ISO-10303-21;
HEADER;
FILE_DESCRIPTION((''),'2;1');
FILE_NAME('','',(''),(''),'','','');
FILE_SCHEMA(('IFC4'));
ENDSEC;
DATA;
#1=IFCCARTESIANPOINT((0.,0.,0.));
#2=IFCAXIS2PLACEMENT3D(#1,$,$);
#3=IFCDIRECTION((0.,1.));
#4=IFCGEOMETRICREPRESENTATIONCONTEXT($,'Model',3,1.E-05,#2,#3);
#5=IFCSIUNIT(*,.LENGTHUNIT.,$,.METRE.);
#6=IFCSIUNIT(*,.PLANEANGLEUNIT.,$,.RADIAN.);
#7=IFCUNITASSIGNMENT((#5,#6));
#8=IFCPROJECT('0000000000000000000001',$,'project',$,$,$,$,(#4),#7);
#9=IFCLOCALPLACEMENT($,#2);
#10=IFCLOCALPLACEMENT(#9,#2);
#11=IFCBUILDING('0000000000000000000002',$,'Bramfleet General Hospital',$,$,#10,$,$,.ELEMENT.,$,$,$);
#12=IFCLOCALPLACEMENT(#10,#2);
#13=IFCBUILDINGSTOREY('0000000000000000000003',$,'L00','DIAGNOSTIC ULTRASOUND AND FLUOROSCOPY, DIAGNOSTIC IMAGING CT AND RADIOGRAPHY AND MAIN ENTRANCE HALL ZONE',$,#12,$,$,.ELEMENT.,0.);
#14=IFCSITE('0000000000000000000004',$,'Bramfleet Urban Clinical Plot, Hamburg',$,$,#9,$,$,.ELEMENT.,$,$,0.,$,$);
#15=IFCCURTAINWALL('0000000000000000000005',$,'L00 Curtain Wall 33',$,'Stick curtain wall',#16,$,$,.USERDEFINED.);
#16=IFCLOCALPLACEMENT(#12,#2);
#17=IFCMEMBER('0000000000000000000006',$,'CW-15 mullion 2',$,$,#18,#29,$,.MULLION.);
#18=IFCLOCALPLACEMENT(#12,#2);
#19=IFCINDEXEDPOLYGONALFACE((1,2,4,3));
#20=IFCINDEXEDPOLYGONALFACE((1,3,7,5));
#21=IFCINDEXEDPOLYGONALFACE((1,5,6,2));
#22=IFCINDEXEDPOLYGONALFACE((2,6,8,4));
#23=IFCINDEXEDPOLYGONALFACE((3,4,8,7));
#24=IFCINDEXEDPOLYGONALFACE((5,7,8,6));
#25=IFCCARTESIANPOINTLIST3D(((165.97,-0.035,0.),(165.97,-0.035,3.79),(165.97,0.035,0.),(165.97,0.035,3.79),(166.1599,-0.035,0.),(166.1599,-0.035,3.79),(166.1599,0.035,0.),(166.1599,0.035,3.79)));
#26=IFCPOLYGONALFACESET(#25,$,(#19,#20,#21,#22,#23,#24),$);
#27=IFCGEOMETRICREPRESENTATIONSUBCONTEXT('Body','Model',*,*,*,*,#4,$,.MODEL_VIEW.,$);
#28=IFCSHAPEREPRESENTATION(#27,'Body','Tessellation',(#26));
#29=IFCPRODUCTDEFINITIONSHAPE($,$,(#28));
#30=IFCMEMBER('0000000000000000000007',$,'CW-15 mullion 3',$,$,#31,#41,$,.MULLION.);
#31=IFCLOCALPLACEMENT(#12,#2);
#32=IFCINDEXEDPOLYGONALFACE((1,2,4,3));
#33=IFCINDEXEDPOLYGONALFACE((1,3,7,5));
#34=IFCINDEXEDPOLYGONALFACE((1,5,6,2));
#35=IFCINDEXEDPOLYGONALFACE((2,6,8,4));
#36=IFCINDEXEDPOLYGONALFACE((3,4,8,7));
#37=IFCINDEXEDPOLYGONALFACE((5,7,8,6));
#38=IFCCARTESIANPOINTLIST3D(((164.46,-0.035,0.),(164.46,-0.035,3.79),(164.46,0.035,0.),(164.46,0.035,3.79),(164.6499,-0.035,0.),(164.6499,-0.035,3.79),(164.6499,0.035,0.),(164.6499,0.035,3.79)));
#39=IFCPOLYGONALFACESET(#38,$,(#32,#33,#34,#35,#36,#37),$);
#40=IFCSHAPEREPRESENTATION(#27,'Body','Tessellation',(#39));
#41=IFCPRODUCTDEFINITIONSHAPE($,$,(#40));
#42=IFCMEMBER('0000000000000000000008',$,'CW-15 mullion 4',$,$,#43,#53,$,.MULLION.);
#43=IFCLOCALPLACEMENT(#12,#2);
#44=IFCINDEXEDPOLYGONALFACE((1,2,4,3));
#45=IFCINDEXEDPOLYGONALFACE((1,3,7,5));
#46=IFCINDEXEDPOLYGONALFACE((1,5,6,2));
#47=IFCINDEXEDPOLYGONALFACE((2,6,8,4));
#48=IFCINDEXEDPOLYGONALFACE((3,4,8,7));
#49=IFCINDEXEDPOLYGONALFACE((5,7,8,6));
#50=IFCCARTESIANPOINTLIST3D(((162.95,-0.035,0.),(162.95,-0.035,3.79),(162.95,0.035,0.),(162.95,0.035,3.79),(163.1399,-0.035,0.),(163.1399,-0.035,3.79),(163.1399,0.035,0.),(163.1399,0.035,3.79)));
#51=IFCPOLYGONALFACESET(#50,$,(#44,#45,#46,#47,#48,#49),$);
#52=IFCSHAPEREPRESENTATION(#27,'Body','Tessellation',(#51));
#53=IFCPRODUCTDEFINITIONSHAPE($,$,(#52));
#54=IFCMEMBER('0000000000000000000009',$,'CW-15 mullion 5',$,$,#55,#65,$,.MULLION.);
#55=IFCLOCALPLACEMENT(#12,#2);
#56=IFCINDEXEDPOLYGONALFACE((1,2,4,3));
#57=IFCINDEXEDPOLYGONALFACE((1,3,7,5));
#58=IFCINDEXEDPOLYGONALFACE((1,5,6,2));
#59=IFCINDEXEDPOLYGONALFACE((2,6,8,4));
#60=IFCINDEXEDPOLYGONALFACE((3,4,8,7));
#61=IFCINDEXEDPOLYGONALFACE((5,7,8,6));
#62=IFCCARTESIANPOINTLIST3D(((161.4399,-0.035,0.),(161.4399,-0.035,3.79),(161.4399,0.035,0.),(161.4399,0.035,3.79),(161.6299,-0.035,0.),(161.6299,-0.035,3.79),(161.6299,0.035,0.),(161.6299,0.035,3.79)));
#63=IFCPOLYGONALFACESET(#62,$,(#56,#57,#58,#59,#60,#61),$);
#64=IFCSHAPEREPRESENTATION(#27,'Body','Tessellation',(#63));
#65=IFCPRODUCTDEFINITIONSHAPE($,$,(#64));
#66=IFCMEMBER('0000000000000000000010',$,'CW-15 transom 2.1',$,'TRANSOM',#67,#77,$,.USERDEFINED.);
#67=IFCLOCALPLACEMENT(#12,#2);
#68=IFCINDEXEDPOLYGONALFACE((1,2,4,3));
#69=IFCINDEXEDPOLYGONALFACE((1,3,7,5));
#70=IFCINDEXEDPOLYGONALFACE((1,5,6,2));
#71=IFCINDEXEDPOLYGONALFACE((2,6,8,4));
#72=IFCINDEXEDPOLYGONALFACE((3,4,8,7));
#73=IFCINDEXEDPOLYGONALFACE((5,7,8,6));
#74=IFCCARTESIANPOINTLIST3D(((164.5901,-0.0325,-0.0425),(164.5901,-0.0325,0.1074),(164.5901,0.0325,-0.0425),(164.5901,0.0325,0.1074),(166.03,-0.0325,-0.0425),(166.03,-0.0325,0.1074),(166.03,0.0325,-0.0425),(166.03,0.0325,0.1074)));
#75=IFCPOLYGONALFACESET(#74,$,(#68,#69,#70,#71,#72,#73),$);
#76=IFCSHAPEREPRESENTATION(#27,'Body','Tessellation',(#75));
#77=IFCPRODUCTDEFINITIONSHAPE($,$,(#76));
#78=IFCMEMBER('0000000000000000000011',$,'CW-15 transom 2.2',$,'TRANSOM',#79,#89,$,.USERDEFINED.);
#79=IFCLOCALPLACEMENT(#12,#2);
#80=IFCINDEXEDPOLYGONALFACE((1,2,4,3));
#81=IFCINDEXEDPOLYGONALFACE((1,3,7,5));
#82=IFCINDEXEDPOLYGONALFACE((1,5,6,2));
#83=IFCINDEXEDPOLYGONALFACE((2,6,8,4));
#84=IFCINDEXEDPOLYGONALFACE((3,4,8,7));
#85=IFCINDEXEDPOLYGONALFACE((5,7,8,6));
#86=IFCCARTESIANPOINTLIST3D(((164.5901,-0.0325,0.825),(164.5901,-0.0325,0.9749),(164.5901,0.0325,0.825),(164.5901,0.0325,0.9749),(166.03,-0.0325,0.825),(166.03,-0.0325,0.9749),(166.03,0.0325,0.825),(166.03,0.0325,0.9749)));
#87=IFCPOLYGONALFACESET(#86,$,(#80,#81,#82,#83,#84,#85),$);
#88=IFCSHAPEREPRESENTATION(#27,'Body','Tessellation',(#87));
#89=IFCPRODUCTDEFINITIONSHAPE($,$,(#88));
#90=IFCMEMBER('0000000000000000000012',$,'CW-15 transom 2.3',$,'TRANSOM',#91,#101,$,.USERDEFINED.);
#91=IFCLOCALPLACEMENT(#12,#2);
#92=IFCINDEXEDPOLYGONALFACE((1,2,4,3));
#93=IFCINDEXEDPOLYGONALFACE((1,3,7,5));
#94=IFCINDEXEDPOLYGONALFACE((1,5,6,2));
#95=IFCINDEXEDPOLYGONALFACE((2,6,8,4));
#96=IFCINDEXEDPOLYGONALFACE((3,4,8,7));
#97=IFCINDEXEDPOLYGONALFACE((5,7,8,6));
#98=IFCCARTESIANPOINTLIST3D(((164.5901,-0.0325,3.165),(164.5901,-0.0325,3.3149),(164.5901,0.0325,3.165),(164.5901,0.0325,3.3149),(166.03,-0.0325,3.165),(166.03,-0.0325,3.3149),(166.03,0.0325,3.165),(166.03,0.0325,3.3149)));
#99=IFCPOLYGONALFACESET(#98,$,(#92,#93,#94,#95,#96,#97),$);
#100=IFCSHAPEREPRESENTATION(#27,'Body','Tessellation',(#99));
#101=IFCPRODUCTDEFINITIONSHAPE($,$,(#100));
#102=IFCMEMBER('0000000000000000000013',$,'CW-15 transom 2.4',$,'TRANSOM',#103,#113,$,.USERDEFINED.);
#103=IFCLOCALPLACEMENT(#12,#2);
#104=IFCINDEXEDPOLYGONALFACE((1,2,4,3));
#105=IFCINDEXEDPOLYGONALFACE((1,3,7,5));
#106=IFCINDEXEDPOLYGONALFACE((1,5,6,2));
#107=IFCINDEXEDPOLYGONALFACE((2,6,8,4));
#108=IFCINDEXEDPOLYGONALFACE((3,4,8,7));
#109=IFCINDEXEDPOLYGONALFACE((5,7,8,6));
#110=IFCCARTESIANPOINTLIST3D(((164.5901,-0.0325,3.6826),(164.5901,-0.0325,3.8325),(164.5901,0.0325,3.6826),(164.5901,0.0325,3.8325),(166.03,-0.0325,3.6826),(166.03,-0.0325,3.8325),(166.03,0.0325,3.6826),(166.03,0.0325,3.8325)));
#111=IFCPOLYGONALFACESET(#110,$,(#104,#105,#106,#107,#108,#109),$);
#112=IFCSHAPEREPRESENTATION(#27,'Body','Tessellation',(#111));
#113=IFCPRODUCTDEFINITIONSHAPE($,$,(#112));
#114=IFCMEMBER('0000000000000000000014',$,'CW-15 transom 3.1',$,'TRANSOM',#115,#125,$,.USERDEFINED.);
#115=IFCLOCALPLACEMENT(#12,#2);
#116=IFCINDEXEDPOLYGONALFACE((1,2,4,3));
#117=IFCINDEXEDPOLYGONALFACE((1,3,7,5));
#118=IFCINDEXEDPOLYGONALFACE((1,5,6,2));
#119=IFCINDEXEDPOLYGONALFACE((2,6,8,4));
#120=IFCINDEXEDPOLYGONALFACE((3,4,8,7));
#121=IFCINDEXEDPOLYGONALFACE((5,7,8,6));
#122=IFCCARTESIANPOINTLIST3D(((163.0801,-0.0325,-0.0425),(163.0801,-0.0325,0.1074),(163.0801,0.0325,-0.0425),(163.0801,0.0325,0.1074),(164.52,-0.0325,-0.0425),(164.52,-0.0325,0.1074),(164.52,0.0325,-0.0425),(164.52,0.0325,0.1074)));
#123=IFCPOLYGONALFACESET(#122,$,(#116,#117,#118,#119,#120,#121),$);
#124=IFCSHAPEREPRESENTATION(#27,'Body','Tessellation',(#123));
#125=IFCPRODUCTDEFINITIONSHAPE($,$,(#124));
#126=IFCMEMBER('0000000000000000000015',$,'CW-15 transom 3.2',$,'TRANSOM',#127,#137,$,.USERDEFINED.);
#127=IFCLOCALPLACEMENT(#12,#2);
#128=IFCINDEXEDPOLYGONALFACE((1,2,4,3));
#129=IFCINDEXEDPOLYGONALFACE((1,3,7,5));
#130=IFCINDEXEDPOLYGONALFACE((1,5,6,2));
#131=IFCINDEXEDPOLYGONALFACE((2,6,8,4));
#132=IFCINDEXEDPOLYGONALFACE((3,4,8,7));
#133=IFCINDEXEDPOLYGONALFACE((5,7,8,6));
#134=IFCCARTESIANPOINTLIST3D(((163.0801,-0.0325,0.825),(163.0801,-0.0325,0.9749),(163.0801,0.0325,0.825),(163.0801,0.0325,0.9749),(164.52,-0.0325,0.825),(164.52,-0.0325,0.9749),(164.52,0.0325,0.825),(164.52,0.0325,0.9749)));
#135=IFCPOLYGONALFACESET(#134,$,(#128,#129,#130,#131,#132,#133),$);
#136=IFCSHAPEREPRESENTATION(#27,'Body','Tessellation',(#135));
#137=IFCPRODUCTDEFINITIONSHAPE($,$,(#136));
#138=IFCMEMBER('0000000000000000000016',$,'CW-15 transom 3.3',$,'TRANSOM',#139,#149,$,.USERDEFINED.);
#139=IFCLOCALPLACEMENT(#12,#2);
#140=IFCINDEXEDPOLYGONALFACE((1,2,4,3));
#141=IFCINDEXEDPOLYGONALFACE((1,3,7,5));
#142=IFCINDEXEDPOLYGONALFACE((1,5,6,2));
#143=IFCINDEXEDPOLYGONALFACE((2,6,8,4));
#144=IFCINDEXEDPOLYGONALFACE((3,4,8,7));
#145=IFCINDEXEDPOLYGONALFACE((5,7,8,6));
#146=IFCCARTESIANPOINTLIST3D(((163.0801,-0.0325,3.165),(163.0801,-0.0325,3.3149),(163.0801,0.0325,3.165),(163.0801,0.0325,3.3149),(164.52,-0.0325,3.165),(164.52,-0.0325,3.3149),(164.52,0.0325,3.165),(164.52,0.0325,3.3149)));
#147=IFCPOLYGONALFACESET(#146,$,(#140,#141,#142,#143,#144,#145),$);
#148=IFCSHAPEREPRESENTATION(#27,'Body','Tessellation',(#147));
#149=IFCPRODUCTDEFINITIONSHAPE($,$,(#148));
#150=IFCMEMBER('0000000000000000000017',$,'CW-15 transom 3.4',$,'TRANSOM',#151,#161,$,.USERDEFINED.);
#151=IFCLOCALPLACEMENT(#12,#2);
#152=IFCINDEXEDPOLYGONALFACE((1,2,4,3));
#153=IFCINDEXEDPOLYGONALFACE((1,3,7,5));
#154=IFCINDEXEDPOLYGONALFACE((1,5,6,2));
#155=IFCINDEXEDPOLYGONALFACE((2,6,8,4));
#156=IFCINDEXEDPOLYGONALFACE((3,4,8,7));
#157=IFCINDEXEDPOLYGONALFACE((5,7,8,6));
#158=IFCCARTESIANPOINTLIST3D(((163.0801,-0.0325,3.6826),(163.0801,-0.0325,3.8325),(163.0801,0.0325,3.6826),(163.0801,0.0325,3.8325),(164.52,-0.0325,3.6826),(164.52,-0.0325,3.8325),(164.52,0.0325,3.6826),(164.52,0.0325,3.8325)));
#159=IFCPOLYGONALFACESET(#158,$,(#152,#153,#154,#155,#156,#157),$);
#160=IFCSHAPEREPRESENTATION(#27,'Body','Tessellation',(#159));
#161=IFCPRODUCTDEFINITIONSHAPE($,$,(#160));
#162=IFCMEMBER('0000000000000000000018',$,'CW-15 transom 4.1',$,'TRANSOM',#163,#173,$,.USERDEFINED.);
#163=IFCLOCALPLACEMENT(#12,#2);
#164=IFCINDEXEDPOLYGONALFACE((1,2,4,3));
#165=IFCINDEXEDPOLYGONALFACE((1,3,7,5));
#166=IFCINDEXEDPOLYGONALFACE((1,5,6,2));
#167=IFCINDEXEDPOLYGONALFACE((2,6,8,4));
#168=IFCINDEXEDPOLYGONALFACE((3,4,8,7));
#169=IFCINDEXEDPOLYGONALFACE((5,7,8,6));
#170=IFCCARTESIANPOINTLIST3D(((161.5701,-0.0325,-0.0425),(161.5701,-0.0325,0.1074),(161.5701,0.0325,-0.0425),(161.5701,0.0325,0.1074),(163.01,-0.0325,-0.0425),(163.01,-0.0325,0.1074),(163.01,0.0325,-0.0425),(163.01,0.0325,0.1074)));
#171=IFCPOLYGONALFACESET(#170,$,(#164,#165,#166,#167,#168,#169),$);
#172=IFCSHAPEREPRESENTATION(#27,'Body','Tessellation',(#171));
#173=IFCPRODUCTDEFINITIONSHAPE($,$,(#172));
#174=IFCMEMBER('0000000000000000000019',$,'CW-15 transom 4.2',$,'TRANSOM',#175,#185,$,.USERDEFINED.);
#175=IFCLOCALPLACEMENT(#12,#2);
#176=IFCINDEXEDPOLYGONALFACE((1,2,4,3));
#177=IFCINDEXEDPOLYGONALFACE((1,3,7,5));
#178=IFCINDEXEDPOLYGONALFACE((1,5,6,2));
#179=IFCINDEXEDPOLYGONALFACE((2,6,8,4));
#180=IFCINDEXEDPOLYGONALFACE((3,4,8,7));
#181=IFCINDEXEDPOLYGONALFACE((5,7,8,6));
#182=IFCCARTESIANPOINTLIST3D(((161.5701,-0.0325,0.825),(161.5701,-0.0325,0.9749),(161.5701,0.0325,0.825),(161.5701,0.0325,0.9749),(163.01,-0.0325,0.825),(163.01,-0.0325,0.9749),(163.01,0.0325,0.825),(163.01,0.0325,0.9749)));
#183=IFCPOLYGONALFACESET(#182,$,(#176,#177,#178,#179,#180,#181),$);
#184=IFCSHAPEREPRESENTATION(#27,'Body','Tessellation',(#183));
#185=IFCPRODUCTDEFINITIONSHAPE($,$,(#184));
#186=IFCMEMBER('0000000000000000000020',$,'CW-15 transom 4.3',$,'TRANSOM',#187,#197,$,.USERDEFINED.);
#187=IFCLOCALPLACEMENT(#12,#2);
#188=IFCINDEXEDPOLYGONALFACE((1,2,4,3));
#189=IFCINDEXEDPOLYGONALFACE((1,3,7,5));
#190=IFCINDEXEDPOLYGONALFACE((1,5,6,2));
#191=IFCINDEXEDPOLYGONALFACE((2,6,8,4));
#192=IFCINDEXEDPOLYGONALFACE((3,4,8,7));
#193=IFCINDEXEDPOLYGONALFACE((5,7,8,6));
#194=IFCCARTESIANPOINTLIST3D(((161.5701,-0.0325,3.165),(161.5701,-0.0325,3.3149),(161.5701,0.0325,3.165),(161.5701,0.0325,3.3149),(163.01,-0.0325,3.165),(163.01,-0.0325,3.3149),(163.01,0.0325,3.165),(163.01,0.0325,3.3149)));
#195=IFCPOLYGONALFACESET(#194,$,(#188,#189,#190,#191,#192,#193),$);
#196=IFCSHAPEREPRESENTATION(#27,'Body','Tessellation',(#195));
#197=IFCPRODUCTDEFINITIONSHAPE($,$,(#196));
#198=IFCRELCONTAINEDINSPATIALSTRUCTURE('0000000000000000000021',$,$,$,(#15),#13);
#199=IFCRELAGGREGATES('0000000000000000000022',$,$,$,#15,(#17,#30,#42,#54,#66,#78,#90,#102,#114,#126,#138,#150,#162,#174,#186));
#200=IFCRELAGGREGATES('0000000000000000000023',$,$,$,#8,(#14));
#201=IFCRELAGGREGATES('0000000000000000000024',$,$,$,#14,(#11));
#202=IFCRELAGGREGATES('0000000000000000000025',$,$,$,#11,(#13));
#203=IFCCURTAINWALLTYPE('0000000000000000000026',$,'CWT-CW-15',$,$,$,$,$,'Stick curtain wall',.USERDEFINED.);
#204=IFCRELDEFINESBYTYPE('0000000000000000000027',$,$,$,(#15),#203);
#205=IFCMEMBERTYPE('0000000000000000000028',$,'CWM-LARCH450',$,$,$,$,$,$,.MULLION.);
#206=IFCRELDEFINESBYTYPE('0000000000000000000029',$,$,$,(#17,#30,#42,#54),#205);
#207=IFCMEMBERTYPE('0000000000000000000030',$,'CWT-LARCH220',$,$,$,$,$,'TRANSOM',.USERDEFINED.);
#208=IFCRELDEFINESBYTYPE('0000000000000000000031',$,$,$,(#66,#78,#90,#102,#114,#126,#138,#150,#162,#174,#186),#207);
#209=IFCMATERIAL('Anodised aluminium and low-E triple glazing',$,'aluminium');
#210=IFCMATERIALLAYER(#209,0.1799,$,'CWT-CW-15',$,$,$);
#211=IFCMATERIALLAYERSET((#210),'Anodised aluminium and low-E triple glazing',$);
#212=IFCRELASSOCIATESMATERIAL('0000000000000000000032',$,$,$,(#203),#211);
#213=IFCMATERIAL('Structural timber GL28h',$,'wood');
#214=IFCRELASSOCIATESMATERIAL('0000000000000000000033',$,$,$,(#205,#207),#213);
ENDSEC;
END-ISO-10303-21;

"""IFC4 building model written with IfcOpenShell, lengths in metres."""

from ifc_helpers import new_model, si_unit, direction, frame, origin, origin_2d, place, context, subcontext, project, spatial, rectangle, extrude, material, layer, layer_set, material_profile, profile_set, type_object, element, aggregate, save


model = new_model("IFC4")

# Units and contexts
model_context = context("Model", 3, precision=1e-05, world=origin(), true_north=direction((0.0, 1.0)))
body_context = subcontext(model_context, "Body", "Model", "MODEL_VIEW")
ifc_project = project(units=[si_unit("LENGTHUNIT", "METRE"), si_unit("PLANEANGLEUNIT", "RADIAN")], contexts=[model_context])

# Site, building, storey
site_placement = place(None, origin())
site = spatial("IfcSite", under=ifc_project, at=site_placement, Name="Bramfleet Urban Clinical Plot, Hamburg", CompositionType="ELEMENT", RefElevation=0.0)
building_placement = place(site_placement, origin())
building = spatial("IfcBuilding", under=site, at=building_placement, Name="Bramfleet General Hospital", CompositionType="ELEMENT")
storey_placement = place(building_placement, origin())
storey = spatial("IfcBuildingStorey", under=building, at=storey_placement, Name="L00", Description="DIAGNOSTIC ULTRASOUND AND FLUOROSCOPY, DIAGNOSTIC IMAGING CT AND RADIOGRAPHY AND MAIN ENTRANCE HALL ZONE", CompositionType="ELEMENT", Elevation=0.0)

# Curtain wall, members
ifc_material_1 = material(Name="Anodised aluminium and low-E triple glazing", Category="aluminium")
ifc_layer_1 = layer(ifc_material_1, 0.1799, Name="CWT-CW-15")
ifc_layer_set_1 = layer_set([ifc_layer_1], Name="Anodised aluminium and low-E triple glazing")
curtain_wall_type = type_object("IfcCurtainWallType", Name="CWT-CW-15", ElementType="Stick curtain wall", PredefinedType="USERDEFINED", material=ifc_layer_set_1)
curtain_wall_placement = place(storey_placement, origin())
curtain_wall = element("IfcCurtainWall", 1, at=curtain_wall_placement, inside=storey, type_object=curtain_wall_type, Name="L00 Curtain Wall 33", ObjectType="Stick curtain wall", PredefinedType="USERDEFINED")
ifc_material_2 = material(Name="Structural timber GL28h", Category="wood")
ifc_material_profile_1 = material_profile(ifc_material_2, rectangle(XDim=0.0701, YDim=0.1899, at=origin_2d()), Name="LARCH 190x70")
ifc_profile_set_1 = profile_set([ifc_material_profile_1], Name="Structural timber GL28h")
member_type_1 = type_object("IfcMemberType", Name="CWM-LARCH450", PredefinedType="MULLION", material=ifc_profile_set_1)
member_1_placement = place(storey_placement, frame((166.0649, 0.0, 0.0), z_axis=(0.0, 0.0, 1.0), x_axis=(0.0, -1.0, 0.0)))
member_1 = element("IfcMember", 2, at=member_1_placement, type_object=member_type_1, Name="CW-15 mullion 2", PredefinedType="MULLION", context=body_context, shape_type="SweptSolid", body=[
    extrude(rectangle(XDim=0.0701, YDim=0.1899, at=origin_2d()), origin(), (0.0, 0.0, 1.0), 3.79),
])
member_2_placement = place(storey_placement, frame((164.5549, 0.0, 0.0), z_axis=(0.0, 0.0, 1.0), x_axis=(0.0, -1.0, 0.0)))
member_2 = element("IfcMember", 3, at=member_2_placement, type_object=member_type_1, Name="CW-15 mullion 3", PredefinedType="MULLION", context=body_context, shape_type="SweptSolid", body=[
    extrude(rectangle(XDim=0.0701, YDim=0.1899, at=origin_2d()), origin(), (0.0, 0.0, 1.0), 3.79),
])
member_3_placement = place(storey_placement, frame((163.0449, 0.0, 0.0), z_axis=(0.0, 0.0, 1.0), x_axis=(0.0, -1.0, 0.0)))
member_3 = element("IfcMember", 4, at=member_3_placement, type_object=member_type_1, Name="CW-15 mullion 4", PredefinedType="MULLION", context=body_context, shape_type="SweptSolid", body=[
    extrude(rectangle(XDim=0.0701, YDim=0.1899, at=origin_2d()), origin(), (0.0, 0.0, 1.0), 3.79),
])
member_4_placement = place(storey_placement, frame((161.5349, 0.0, 0.0), z_axis=(0.0, 0.0, 1.0), x_axis=(0.0, -1.0, 0.0)))
member_4 = element("IfcMember", 5, at=member_4_placement, type_object=member_type_1, Name="CW-15 mullion 5", PredefinedType="MULLION", context=body_context, shape_type="SweptSolid", body=[
    extrude(rectangle(XDim=0.0701, YDim=0.1899, at=origin_2d()), origin(), (0.0, 0.0, 1.0), 3.79),
])
ifc_material_profile_2 = material_profile(ifc_material_2, rectangle(XDim=0.0649, YDim=0.1499, at=origin_2d()), Name="LARCH 150x65")
ifc_profile_set_2 = profile_set([ifc_material_profile_2], Name="Structural timber GL28h")
member_type_2 = type_object("IfcMemberType", Name="CWT-LARCH220", ElementType="TRANSOM", PredefinedType="USERDEFINED", material=ifc_profile_set_2)
member_5_placement = place(storey_placement, frame((166.03, 0.0, 0.0325), z_axis=(-1.0, 0.0, 0.0), x_axis=(0.0, -1.0, 0.0)))
member_5 = element("IfcMember", 6, at=member_5_placement, type_object=member_type_2, Name="CW-15 transom 2.1", ObjectType="TRANSOM", PredefinedType="USERDEFINED", context=body_context, shape_type="SweptSolid", body=[
    extrude(rectangle(XDim=0.0649, YDim=0.1499, at=origin_2d()), origin(), (0.0, 0.0, 1.0), 1.4399),
])
member_6_placement = place(storey_placement, frame((166.03, 0.0, 0.8999), z_axis=(-1.0, 0.0, 0.0), x_axis=(0.0, -1.0, 0.0)))
member_6 = element("IfcMember", 7, at=member_6_placement, type_object=member_type_2, Name="CW-15 transom 2.2", ObjectType="TRANSOM", PredefinedType="USERDEFINED", context=body_context, shape_type="SweptSolid", body=[
    extrude(rectangle(XDim=0.0649, YDim=0.1499, at=origin_2d()), origin(), (0.0, 0.0, 1.0), 1.4399),
])
member_7_placement = place(storey_placement, frame((166.03, 0.0, 3.24), z_axis=(-1.0, 0.0, 0.0), x_axis=(0.0, -1.0, 0.0)))
member_7 = element("IfcMember", 8, at=member_7_placement, type_object=member_type_2, Name="CW-15 transom 2.3", ObjectType="TRANSOM", PredefinedType="USERDEFINED", context=body_context, shape_type="SweptSolid", body=[
    extrude(rectangle(XDim=0.0649, YDim=0.1499, at=origin_2d()), origin(), (0.0, 0.0, 1.0), 1.4399),
])
member_8_placement = place(storey_placement, frame((166.03, 0.0, 3.7576), z_axis=(-1.0, 0.0, 0.0), x_axis=(0.0, -1.0, 0.0)))
member_8 = element("IfcMember", 9, at=member_8_placement, type_object=member_type_2, Name="CW-15 transom 2.4", ObjectType="TRANSOM", PredefinedType="USERDEFINED", context=body_context, shape_type="SweptSolid", body=[
    extrude(rectangle(XDim=0.0649, YDim=0.1499, at=origin_2d()), origin(), (0.0, 0.0, 1.0), 1.4399),
])
member_9_placement = place(storey_placement, frame((164.52, 0.0, 0.0325), z_axis=(-1.0, 0.0, 0.0), x_axis=(0.0, -1.0, 0.0)))
member_9 = element("IfcMember", 10, at=member_9_placement, type_object=member_type_2, Name="CW-15 transom 3.1", ObjectType="TRANSOM", PredefinedType="USERDEFINED", context=body_context, shape_type="SweptSolid", body=[
    extrude(rectangle(XDim=0.0649, YDim=0.1499, at=origin_2d()), origin(), (0.0, 0.0, 1.0), 1.4399),
])
member_10_placement = place(storey_placement, frame((164.52, 0.0, 0.8999), z_axis=(-1.0, 0.0, 0.0), x_axis=(0.0, -1.0, 0.0)))
member_10 = element("IfcMember", 11, at=member_10_placement, type_object=member_type_2, Name="CW-15 transom 3.2", ObjectType="TRANSOM", PredefinedType="USERDEFINED", context=body_context, shape_type="SweptSolid", body=[
    extrude(rectangle(XDim=0.0649, YDim=0.1499, at=origin_2d()), origin(), (0.0, 0.0, 1.0), 1.4399),
])
member_11_placement = place(storey_placement, frame((164.52, 0.0, 3.24), z_axis=(-1.0, 0.0, 0.0), x_axis=(0.0, -1.0, 0.0)))
member_11 = element("IfcMember", 12, at=member_11_placement, type_object=member_type_2, Name="CW-15 transom 3.3", ObjectType="TRANSOM", PredefinedType="USERDEFINED", context=body_context, shape_type="SweptSolid", body=[
    extrude(rectangle(XDim=0.0649, YDim=0.1499, at=origin_2d()), origin(), (0.0, 0.0, 1.0), 1.4399),
])
member_12_placement = place(storey_placement, frame((164.52, 0.0, 3.7576), z_axis=(-1.0, 0.0, 0.0), x_axis=(0.0, -1.0, 0.0)))
member_12 = element("IfcMember", 13, at=member_12_placement, type_object=member_type_2, Name="CW-15 transom 3.4", ObjectType="TRANSOM", PredefinedType="USERDEFINED", context=body_context, shape_type="SweptSolid", body=[
    extrude(rectangle(XDim=0.0649, YDim=0.1499, at=origin_2d()), origin(), (0.0, 0.0, 1.0), 1.4399),
])
member_13_placement = place(storey_placement, frame((163.01, 0.0, 0.0325), z_axis=(-1.0, 0.0, 0.0), x_axis=(0.0, -1.0, 0.0)))
member_13 = element("IfcMember", 14, at=member_13_placement, type_object=member_type_2, Name="CW-15 transom 4.1", ObjectType="TRANSOM", PredefinedType="USERDEFINED", context=body_context, shape_type="SweptSolid", body=[
    extrude(rectangle(XDim=0.0649, YDim=0.1499, at=origin_2d()), origin(), (0.0, 0.0, 1.0), 1.4399),
])
member_14_placement = place(storey_placement, frame((163.01, 0.0, 0.8999), z_axis=(-1.0, 0.0, 0.0), x_axis=(0.0, -1.0, 0.0)))
member_14 = element("IfcMember", 15, at=member_14_placement, type_object=member_type_2, Name="CW-15 transom 4.2", ObjectType="TRANSOM", PredefinedType="USERDEFINED", context=body_context, shape_type="SweptSolid", body=[
    extrude(rectangle(XDim=0.0649, YDim=0.1499, at=origin_2d()), origin(), (0.0, 0.0, 1.0), 1.4399),
])
member_15_placement = place(storey_placement, frame((163.01, 0.0, 3.24), z_axis=(-1.0, 0.0, 0.0), x_axis=(0.0, -1.0, 0.0)))
member_15 = element("IfcMember", 16, at=member_15_placement, type_object=member_type_2, Name="CW-15 transom 4.3", ObjectType="TRANSOM", PredefinedType="USERDEFINED", context=body_context, shape_type="SweptSolid", body=[
    extrude(rectangle(XDim=0.0649, YDim=0.1499, at=origin_2d()), origin(), (0.0, 0.0, 1.0), 1.4399),
])
aggregate(curtain_wall, [member_1, member_2, member_3, member_4, member_5, member_6, member_7, member_8, member_9, member_10, member_11, member_12, member_13, member_14, member_15])

save(model, "model.ifc")
